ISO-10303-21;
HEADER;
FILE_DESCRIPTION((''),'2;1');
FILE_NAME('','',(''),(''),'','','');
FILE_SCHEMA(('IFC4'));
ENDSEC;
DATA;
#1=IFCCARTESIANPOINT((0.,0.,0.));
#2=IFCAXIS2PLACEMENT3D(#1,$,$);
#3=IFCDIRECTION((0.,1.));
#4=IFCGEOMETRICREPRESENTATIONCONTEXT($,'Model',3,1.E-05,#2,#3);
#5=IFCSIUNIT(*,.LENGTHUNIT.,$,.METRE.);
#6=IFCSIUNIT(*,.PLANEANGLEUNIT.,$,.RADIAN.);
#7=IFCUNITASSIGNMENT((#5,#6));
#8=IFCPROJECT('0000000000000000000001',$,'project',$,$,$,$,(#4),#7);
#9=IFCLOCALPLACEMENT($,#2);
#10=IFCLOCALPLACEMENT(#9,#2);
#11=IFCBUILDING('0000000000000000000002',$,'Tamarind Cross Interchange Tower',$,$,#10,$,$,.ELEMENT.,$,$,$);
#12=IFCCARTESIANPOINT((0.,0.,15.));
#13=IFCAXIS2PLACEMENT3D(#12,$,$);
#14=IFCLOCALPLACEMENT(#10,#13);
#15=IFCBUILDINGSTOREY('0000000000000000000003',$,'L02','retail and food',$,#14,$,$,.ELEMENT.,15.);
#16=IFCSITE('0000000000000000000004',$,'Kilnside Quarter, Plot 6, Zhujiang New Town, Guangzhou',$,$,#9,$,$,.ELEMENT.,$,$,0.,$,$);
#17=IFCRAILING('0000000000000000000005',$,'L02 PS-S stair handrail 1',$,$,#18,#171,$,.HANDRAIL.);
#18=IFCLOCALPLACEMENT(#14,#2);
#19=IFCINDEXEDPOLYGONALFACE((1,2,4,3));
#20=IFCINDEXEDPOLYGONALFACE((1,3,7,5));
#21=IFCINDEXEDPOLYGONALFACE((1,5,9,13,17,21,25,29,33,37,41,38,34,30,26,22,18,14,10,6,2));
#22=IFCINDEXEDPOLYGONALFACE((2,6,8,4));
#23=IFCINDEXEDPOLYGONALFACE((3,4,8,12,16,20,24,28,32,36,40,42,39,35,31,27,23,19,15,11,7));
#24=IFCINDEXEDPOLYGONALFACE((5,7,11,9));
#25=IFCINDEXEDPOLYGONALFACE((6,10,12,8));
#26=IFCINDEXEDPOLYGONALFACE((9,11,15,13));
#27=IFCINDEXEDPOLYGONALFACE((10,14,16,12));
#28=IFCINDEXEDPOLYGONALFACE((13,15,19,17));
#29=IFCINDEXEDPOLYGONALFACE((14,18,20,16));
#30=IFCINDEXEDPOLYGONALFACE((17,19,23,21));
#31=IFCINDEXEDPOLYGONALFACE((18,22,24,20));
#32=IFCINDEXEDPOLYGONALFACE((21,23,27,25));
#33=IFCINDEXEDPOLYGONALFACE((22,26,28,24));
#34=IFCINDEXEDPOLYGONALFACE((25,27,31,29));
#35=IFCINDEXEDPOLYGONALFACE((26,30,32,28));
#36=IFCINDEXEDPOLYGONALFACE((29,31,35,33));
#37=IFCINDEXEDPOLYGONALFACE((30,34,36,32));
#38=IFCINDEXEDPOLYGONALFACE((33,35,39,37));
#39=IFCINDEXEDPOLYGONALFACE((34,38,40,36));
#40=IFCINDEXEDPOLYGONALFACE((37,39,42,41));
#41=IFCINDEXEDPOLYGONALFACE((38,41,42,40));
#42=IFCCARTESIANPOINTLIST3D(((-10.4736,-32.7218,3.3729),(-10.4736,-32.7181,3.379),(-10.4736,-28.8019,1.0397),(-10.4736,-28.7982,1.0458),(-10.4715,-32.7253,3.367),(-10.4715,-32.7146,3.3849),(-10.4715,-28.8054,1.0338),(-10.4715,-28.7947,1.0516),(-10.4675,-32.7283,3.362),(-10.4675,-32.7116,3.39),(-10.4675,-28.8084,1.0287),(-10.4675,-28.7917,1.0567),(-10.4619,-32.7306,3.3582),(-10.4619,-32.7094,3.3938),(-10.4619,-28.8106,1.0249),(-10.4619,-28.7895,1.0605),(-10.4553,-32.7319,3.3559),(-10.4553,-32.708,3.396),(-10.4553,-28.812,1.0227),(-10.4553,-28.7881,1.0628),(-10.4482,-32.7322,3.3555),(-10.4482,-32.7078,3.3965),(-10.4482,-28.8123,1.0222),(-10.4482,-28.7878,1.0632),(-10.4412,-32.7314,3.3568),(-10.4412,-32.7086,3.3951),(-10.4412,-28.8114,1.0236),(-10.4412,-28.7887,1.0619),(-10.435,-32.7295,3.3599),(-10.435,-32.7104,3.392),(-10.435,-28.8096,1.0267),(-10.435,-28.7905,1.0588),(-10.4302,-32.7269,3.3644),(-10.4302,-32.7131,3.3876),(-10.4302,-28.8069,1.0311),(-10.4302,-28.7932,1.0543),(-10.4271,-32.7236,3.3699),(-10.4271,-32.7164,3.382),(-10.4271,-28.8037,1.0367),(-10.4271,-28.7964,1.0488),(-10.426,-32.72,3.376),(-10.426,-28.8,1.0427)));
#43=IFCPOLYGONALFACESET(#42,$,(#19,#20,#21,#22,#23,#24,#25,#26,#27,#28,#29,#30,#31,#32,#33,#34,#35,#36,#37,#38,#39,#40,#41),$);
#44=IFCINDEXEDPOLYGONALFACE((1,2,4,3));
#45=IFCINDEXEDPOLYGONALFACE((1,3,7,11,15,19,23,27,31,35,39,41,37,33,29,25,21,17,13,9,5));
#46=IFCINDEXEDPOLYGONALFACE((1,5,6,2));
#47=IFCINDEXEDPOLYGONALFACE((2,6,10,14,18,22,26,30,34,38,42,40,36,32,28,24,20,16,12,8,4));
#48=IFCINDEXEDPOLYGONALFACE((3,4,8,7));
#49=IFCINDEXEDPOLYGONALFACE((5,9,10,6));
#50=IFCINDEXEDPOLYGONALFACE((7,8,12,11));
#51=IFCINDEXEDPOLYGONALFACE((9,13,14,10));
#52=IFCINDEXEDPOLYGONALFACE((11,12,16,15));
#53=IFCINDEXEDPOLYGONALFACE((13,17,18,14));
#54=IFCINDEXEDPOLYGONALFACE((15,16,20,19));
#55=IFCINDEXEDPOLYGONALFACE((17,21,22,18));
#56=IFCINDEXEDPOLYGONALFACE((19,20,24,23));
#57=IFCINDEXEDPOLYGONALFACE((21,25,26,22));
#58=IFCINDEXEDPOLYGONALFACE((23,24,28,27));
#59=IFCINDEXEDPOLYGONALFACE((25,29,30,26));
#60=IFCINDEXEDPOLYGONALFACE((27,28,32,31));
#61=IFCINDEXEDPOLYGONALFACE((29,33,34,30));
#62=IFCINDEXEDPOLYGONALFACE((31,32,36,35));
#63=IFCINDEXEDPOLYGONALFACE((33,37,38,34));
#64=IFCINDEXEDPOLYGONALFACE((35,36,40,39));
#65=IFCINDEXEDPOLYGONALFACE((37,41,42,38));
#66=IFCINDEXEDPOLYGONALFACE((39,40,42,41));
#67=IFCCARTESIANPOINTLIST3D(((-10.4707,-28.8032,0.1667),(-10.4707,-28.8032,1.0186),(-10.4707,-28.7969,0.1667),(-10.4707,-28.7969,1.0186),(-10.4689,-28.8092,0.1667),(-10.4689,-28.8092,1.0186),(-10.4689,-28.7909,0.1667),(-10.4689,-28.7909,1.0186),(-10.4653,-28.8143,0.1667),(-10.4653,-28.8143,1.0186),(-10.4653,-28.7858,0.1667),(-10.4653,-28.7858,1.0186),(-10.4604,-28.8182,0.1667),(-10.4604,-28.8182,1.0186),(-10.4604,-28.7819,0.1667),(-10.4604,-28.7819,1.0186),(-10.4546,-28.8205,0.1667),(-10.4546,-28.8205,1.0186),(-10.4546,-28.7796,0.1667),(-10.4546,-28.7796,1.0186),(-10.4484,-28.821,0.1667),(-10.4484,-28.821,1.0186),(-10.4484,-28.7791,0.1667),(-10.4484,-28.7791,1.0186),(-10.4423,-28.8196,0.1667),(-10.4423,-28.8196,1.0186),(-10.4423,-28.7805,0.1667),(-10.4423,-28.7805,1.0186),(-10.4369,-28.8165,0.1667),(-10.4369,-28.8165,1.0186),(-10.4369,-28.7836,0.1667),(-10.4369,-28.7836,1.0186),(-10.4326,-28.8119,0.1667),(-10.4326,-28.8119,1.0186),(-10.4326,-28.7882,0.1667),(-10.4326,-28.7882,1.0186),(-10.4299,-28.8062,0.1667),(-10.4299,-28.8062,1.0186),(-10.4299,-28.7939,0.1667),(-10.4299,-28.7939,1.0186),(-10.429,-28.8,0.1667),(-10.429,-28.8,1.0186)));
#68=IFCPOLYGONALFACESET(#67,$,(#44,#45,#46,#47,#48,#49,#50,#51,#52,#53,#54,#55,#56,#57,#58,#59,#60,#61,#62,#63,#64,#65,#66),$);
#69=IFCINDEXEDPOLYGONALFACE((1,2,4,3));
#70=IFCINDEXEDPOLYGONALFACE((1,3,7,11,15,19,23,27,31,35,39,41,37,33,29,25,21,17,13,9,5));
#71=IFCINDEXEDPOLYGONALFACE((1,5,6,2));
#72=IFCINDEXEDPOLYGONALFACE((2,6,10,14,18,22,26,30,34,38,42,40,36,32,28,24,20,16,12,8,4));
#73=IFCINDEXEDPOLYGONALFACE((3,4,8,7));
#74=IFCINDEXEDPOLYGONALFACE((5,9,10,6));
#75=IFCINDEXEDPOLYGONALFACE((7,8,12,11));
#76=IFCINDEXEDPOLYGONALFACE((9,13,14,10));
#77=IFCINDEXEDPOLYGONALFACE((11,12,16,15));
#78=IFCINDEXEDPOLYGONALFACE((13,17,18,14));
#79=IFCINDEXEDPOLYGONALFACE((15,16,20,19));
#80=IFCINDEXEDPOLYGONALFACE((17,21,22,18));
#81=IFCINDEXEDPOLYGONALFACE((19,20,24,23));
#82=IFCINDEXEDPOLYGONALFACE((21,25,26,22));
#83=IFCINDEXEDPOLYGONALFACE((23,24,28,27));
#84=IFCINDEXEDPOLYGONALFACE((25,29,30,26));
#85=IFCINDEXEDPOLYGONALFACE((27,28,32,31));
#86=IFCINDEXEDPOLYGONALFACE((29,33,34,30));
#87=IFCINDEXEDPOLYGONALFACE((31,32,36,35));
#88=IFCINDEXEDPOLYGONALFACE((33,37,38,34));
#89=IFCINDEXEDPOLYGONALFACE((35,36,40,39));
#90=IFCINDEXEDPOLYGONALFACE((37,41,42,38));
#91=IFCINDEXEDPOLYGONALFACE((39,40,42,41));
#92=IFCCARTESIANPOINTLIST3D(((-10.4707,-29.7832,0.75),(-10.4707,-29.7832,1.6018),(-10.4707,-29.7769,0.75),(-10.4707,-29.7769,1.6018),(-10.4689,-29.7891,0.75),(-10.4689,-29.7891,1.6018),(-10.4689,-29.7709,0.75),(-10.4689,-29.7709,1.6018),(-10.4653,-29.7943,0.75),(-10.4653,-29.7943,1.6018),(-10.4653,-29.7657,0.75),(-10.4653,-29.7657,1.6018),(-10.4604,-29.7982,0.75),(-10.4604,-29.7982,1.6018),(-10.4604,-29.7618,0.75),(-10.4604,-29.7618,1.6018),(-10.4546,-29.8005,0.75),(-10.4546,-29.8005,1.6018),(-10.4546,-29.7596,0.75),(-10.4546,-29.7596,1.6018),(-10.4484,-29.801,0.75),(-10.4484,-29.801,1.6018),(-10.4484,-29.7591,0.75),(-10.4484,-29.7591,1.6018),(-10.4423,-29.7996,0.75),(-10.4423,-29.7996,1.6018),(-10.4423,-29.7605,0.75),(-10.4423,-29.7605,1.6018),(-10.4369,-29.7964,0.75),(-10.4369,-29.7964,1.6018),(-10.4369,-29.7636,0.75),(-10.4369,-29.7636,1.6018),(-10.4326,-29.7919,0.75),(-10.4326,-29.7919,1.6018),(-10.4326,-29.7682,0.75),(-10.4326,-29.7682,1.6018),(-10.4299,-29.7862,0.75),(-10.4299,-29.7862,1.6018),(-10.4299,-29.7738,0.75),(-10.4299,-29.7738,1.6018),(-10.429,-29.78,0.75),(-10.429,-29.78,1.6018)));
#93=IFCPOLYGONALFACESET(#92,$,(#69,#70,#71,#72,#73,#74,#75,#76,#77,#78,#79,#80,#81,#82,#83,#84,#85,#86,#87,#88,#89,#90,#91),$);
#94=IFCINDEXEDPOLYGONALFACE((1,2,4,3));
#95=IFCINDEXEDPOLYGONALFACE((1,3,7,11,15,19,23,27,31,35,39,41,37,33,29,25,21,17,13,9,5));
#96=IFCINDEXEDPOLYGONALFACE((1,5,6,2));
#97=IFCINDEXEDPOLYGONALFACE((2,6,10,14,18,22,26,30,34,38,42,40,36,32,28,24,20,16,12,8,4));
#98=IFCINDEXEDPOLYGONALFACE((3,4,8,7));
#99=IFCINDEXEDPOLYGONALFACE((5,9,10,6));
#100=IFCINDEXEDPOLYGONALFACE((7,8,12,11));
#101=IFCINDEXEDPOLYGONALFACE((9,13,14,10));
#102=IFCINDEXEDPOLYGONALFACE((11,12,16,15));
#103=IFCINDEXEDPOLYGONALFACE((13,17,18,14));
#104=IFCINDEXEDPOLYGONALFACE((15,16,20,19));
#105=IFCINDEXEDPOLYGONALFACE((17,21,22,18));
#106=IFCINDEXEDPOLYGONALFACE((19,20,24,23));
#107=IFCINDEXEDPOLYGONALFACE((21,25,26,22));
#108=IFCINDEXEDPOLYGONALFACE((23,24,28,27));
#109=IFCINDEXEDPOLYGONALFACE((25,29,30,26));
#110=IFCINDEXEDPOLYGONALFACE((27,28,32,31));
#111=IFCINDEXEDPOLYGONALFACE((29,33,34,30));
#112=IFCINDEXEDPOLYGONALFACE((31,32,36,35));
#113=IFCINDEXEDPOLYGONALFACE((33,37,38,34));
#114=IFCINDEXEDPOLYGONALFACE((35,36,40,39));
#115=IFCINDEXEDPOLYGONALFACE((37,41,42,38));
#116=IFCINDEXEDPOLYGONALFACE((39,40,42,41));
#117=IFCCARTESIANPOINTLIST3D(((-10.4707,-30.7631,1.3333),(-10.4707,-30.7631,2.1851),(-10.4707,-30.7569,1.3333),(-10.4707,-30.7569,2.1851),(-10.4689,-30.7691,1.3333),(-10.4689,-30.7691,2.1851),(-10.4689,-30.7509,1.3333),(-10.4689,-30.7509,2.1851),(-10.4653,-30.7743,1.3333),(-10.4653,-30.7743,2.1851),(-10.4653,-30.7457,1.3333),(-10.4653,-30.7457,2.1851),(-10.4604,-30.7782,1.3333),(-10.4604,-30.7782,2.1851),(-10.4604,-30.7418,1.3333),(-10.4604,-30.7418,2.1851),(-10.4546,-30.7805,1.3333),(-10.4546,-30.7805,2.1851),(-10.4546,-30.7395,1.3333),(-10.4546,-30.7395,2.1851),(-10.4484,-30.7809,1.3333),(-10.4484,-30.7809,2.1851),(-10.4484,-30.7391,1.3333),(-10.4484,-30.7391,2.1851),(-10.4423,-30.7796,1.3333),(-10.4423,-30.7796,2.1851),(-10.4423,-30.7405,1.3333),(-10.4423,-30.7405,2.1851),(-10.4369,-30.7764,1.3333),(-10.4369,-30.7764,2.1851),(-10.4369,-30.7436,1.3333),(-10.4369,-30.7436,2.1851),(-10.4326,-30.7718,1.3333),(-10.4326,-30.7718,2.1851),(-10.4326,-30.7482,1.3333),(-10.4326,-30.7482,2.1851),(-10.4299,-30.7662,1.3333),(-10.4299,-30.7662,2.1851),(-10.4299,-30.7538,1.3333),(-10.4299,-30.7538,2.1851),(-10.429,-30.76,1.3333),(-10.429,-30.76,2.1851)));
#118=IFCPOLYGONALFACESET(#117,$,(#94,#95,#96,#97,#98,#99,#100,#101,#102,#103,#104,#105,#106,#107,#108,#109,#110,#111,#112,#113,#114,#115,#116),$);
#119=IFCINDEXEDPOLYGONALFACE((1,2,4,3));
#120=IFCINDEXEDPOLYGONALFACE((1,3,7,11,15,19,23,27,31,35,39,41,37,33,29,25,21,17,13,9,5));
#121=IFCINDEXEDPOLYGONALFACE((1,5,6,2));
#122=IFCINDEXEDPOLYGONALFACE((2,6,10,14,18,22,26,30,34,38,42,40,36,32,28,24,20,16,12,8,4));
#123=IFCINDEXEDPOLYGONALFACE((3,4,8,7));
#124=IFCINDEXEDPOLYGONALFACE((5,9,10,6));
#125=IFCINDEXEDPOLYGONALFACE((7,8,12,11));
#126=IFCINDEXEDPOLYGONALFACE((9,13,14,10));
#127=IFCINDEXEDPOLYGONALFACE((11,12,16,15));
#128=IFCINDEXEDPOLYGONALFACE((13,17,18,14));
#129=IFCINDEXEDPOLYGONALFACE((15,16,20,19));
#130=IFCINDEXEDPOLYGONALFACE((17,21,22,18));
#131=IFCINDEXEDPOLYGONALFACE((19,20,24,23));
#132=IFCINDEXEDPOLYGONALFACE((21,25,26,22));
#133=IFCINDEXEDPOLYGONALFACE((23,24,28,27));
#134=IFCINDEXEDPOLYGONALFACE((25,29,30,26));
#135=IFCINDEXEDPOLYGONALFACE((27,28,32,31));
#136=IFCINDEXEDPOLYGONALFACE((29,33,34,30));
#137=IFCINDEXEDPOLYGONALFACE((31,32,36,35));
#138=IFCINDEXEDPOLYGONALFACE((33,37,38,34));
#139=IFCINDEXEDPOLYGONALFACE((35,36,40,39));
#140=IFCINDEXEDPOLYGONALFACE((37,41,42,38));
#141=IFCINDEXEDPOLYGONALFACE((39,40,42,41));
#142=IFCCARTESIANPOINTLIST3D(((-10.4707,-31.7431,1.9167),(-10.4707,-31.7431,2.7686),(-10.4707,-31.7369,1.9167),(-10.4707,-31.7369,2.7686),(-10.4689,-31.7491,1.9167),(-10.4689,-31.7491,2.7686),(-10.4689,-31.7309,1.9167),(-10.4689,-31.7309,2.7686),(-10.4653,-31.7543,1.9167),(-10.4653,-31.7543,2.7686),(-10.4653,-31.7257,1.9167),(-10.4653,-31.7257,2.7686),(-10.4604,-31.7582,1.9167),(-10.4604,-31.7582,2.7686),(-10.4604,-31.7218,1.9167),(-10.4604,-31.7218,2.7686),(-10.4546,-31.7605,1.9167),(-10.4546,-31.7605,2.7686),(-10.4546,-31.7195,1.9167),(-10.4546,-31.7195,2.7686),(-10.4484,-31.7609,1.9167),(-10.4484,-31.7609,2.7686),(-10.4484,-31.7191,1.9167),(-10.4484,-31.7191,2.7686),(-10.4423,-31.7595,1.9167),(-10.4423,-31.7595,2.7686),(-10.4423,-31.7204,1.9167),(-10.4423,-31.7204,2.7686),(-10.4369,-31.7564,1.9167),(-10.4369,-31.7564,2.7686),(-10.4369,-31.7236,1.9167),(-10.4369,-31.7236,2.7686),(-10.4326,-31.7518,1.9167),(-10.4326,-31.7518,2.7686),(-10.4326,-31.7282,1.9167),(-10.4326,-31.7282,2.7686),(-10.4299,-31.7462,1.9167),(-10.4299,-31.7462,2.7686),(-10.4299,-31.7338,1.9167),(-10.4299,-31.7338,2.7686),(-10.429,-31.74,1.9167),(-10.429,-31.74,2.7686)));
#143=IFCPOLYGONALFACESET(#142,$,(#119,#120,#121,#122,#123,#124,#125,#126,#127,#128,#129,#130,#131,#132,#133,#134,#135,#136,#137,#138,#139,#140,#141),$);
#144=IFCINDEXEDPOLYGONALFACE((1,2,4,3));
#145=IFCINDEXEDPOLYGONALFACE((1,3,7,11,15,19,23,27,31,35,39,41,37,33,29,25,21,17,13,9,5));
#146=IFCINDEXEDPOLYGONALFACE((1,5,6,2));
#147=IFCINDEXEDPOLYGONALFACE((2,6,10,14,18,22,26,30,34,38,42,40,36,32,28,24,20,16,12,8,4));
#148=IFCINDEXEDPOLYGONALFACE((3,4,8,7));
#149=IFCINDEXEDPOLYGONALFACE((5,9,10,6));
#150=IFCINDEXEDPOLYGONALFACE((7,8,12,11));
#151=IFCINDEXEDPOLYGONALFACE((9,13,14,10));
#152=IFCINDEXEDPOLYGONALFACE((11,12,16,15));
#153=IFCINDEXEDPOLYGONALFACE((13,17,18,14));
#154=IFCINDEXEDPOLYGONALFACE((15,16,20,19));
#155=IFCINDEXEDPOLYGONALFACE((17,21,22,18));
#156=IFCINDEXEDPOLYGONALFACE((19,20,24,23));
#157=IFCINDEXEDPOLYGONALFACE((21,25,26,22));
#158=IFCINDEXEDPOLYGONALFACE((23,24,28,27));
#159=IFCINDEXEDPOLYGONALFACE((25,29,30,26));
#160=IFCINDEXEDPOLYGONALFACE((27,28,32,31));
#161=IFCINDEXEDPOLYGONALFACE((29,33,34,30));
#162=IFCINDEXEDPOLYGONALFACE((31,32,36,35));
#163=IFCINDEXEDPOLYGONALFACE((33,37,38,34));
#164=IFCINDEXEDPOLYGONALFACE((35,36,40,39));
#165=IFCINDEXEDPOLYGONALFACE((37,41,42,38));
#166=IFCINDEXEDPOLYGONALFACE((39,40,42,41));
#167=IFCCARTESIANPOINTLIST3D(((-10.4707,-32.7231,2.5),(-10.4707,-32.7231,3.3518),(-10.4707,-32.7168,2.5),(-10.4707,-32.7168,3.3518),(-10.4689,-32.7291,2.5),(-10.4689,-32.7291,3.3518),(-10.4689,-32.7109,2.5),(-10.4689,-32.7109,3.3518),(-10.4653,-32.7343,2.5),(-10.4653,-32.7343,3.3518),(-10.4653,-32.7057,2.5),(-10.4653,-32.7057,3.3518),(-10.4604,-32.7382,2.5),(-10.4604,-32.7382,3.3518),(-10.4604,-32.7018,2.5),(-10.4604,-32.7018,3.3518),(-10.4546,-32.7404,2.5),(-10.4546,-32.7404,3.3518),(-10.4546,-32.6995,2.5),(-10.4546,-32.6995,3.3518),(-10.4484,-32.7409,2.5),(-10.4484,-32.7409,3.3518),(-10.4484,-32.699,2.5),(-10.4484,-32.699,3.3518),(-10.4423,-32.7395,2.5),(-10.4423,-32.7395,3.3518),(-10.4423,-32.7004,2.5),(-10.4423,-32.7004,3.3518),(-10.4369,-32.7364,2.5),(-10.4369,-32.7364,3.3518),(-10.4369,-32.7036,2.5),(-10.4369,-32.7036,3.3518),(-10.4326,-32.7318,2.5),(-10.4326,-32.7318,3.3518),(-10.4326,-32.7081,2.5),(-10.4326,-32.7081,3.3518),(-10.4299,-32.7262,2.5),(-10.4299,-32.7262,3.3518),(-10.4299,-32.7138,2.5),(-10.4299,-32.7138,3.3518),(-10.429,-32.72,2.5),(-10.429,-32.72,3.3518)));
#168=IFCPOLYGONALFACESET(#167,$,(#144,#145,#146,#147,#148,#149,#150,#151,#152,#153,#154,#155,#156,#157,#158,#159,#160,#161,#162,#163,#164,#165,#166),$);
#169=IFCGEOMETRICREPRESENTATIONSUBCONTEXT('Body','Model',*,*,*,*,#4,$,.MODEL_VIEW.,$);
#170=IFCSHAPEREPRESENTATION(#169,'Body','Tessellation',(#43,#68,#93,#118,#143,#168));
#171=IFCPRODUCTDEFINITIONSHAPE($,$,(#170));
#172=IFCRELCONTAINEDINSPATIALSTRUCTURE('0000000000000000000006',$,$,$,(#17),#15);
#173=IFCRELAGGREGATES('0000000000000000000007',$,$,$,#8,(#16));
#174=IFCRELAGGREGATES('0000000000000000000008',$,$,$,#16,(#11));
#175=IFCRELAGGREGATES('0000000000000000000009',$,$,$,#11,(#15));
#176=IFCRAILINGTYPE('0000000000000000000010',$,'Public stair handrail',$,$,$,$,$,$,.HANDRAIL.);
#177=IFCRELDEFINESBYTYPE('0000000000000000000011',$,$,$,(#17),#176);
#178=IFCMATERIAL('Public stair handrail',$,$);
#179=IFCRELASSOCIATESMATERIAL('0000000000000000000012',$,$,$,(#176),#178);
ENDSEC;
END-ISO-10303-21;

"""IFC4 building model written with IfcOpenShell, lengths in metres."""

from ifc_helpers import new_model, si_unit, direction, frame, origin, origin_2d, place, context, subcontext, project, spatial, circle, extrude, material, type_object, element, save


model = new_model("IFC4")

# Units and contexts
model_context = context("Model", 3, precision=1e-05, world=origin(), true_north=direction((0.0, 1.0)))
body_context = subcontext(model_context, "Body", "Model", "MODEL_VIEW")
ifc_project = project(units=[si_unit("LENGTHUNIT", "METRE"), si_unit("PLANEANGLEUNIT", "RADIAN")], contexts=[model_context])

# Site, building, storey
site_placement = place(None, origin())
site = spatial("IfcSite", under=ifc_project, at=site_placement, Name="Kilnside Quarter, Plot 6, Zhujiang New Town, Guangzhou", CompositionType="ELEMENT", RefElevation=0.0)
building_placement = place(site_placement, origin())
building = spatial("IfcBuilding", under=site, at=building_placement, Name="Tamarind Cross Interchange Tower", CompositionType="ELEMENT")
storey_placement = place(building_placement, frame((0.0, 0.0, 15.0)))
storey = spatial("IfcBuildingStorey", under=building, at=storey_placement, Name="L02", Description="retail and food", CompositionType="ELEMENT", Elevation=15.0)

# Railing
ifc_material_1 = material(Name="Public stair handrail")
railing_type_1 = type_object("IfcRailingType", Name="Public stair handrail", PredefinedType="HANDRAIL", material=ifc_material_1)
railing_1_placement = place(storey_placement, frame((-10.45, -28.8, 0.1667)))
element("IfcRailing", 1, at=railing_1_placement, inside=storey, type_object=railing_type_1, Name="L02 PS-S stair handrail 1", PredefinedType="HANDRAIL", context=body_context, shape_type="SweptSolid", body=[
    extrude(circle(Radius=0.0239, at=origin_2d()), frame((0.0, 0.0, 0.876), z_axis=(0.0, -0.859296, 0.511478), x_axis=(1.0, 0.0, 0.0)), (0.0, 0.0, 1.0), 4.5618),
    extrude(circle(Radius=0.021, at=origin_2d()), origin(), (0.0, 0.0, 1.0), 0.8518),
    extrude(circle(Radius=0.021, at=origin_2d()), frame((0.0, -0.98, 0.5833)), (0.0, 0.0, 1.0), 0.8518),
    extrude(circle(Radius=0.021, at=origin_2d()), frame((0.0, -1.96, 1.1665)), (0.0, 0.0, 1.0), 0.8518),
    extrude(circle(Radius=0.021, at=origin_2d()), frame((0.0, -2.9399, 1.75)), (0.0, 0.0, 1.0), 0.8518),
    extrude(circle(Radius=0.021, at=origin_2d()), frame((0.0, -3.9199, 2.3333)), (0.0, 0.0, 1.0), 0.8518),
])

save(model, "model.ifc")
